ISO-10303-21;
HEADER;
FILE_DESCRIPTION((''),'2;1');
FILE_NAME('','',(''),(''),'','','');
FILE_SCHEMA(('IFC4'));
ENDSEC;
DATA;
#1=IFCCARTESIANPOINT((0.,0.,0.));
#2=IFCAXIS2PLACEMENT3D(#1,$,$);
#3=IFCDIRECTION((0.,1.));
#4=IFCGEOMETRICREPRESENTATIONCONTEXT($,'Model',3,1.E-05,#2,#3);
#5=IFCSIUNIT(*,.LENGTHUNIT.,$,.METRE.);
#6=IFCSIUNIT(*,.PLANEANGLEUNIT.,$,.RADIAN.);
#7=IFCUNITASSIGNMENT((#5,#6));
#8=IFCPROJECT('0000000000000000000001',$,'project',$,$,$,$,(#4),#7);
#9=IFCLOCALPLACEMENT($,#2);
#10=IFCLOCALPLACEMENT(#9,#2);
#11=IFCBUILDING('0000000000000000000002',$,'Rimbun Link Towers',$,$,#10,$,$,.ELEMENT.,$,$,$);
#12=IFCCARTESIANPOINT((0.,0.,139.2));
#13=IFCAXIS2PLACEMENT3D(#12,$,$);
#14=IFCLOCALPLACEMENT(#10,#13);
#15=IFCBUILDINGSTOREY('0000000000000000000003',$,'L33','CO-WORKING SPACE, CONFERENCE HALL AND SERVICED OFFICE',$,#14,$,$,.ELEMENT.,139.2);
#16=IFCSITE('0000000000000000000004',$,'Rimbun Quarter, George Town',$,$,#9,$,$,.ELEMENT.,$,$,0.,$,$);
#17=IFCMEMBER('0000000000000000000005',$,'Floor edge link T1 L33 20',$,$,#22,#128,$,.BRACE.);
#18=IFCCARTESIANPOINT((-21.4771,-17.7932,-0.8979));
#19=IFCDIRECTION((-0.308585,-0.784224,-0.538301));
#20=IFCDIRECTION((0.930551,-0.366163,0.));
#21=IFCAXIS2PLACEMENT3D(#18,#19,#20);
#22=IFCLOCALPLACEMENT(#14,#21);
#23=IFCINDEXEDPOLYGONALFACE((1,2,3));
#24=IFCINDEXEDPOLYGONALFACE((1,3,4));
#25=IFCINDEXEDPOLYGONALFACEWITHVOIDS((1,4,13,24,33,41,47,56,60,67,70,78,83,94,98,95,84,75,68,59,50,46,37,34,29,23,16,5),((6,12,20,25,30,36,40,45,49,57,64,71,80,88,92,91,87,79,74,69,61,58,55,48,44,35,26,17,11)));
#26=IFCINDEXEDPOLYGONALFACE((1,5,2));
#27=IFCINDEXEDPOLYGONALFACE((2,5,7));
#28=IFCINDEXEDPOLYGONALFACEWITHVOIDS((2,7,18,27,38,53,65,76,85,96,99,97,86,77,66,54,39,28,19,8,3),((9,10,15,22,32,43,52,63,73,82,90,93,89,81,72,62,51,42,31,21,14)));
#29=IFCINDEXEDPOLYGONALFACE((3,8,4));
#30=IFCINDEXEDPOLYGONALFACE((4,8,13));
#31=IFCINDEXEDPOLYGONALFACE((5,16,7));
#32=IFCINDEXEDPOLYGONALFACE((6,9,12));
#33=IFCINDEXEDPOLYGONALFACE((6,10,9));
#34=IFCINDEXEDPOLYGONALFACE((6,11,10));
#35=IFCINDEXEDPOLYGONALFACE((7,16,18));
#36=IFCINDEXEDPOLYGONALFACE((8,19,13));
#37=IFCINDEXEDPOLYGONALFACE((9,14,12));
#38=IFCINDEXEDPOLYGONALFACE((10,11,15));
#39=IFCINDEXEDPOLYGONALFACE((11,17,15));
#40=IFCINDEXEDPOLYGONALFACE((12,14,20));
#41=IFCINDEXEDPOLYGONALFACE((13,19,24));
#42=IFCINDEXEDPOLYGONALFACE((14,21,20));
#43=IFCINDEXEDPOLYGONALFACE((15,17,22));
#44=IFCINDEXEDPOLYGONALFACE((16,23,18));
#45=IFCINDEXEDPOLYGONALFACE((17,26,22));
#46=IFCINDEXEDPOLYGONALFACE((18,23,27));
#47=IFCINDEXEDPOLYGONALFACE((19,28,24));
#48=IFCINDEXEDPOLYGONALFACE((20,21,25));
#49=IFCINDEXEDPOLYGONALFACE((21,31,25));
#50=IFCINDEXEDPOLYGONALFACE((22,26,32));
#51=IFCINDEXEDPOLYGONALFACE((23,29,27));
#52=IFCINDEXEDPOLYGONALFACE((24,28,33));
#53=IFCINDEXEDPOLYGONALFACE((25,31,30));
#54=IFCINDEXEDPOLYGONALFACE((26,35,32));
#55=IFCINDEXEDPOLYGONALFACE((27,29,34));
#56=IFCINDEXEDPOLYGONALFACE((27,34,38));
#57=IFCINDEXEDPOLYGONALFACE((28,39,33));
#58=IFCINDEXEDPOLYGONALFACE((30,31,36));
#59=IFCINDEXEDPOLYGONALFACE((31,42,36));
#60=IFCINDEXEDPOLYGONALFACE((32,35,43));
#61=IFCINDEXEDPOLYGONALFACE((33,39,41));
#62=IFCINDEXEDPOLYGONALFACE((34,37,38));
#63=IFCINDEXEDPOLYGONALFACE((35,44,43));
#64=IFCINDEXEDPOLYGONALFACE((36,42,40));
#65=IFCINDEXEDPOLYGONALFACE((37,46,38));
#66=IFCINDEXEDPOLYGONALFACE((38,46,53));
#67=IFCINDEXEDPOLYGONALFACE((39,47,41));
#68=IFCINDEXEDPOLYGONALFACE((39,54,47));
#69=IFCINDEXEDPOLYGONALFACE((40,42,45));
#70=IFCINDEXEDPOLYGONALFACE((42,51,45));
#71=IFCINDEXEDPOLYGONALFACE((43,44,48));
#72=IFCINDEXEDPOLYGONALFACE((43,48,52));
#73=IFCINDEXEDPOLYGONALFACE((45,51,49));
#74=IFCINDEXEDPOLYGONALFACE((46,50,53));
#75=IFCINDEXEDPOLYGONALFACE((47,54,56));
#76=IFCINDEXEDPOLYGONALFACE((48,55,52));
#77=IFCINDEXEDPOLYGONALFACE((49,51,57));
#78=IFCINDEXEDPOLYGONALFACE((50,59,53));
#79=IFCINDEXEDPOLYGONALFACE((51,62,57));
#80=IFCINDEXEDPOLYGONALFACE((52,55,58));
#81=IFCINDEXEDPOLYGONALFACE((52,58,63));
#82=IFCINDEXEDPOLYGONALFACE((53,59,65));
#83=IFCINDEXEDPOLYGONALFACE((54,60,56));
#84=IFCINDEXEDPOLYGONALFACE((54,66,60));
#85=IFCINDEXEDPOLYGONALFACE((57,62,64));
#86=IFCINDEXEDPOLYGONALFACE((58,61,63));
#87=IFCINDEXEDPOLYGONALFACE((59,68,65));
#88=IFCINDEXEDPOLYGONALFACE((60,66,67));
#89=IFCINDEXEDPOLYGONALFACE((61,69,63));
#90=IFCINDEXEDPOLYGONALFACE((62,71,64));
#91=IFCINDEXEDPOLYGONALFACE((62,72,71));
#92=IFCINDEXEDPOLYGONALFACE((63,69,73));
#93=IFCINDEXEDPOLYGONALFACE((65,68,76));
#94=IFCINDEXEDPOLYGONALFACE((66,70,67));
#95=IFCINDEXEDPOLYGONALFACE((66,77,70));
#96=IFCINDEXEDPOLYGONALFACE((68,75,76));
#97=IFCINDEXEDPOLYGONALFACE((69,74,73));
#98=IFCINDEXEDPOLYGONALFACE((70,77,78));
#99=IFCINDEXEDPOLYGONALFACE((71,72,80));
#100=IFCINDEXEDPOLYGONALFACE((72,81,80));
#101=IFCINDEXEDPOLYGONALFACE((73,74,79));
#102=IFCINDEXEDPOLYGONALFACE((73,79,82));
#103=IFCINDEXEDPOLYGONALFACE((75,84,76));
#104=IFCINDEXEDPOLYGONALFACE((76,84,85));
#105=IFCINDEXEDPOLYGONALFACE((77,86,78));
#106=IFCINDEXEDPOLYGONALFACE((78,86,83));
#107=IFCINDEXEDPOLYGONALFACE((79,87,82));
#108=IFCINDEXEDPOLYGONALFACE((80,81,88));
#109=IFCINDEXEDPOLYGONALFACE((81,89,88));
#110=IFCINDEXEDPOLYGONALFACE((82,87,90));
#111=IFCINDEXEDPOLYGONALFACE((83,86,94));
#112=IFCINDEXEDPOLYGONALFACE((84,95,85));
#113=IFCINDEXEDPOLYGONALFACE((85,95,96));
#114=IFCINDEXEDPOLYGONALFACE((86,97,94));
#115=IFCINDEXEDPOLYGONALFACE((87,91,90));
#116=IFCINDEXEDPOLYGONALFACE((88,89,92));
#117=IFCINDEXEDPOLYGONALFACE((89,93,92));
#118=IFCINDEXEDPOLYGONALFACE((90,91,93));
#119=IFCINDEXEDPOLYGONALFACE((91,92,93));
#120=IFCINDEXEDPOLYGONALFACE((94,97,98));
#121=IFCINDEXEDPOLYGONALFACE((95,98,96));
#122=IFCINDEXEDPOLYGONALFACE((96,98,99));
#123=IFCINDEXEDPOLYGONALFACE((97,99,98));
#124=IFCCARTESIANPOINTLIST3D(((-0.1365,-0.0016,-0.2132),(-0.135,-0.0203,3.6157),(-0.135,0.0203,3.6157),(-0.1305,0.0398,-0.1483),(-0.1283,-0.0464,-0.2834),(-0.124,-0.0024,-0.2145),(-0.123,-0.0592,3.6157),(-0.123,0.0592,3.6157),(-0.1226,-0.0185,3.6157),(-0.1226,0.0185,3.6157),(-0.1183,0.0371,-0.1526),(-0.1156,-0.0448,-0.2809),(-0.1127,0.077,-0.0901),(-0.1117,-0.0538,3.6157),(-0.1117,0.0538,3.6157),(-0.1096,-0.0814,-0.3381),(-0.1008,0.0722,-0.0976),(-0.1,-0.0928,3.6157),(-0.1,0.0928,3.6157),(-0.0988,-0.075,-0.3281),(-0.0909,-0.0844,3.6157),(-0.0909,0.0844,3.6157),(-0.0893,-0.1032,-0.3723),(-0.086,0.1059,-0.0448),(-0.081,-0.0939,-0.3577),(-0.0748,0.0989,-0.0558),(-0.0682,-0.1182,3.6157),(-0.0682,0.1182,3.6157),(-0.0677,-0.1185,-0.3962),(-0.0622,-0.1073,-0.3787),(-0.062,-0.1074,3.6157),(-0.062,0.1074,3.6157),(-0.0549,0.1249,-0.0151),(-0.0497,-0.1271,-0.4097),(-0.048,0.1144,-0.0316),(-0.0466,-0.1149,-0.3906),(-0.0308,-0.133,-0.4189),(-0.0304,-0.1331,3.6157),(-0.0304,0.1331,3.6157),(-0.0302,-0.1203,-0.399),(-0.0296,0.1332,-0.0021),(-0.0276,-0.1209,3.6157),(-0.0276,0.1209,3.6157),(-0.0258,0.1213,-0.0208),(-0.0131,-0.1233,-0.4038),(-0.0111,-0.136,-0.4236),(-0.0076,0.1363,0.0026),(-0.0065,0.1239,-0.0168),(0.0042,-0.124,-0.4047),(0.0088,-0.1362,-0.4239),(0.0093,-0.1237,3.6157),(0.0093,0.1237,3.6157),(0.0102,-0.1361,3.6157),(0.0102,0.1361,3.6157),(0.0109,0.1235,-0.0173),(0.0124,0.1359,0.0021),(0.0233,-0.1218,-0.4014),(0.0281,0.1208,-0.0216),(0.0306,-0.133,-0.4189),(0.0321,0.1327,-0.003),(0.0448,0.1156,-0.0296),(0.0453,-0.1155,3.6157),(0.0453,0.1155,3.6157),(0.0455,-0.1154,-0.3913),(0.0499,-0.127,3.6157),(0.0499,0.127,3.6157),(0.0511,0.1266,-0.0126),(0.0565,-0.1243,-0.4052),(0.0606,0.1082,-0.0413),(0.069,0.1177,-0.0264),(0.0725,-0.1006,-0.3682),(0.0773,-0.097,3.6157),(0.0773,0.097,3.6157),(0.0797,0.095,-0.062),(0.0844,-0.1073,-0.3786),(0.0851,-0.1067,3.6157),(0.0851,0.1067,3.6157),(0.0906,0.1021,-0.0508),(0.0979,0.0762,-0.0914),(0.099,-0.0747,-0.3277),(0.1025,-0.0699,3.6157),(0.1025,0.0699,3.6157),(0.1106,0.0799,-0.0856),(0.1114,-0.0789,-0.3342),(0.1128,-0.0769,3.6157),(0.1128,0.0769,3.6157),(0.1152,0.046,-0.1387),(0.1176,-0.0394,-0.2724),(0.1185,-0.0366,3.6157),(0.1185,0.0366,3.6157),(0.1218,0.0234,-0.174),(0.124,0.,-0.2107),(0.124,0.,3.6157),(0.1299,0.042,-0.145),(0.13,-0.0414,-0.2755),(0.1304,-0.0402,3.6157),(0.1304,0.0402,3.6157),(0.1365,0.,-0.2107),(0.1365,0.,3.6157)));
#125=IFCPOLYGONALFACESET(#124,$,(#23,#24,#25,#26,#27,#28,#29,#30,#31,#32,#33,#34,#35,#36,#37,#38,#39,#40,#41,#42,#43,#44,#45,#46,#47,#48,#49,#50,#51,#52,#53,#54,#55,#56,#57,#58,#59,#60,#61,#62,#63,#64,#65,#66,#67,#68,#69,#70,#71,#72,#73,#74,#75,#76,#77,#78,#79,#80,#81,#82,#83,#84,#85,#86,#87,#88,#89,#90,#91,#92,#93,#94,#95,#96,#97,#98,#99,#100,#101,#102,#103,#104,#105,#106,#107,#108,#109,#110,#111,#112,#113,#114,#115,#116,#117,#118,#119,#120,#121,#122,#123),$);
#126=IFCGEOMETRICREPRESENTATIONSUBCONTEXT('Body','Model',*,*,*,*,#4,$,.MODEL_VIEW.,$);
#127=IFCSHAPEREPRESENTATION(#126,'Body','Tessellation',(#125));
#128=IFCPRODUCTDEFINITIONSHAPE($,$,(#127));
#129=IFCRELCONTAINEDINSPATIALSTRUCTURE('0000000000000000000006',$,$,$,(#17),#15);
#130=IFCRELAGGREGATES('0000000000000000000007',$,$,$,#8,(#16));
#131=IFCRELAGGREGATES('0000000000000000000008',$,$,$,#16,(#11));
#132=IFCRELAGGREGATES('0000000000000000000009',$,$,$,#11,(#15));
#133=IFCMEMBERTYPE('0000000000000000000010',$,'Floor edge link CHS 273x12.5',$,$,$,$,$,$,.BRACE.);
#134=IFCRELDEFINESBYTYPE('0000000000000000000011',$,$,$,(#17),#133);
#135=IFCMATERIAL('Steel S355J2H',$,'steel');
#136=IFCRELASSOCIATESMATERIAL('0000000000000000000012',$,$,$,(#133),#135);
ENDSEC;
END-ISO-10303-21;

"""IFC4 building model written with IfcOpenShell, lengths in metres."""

from ifc_helpers import new_model, si_unit, direction, frame, origin, origin_2d, place, context, subcontext, project, spatial, hollow_circle, extrude, clip, halfspace, material, material_profile, profile_set, type_object, element, save


model = new_model("IFC4")

# Units and contexts
model_context = context("Model", 3, precision=1e-05, world=origin(), true_north=direction((0.0, 1.0)))
body_context = subcontext(model_context, "Body", "Model", "MODEL_VIEW")
ifc_project = project(units=[si_unit("LENGTHUNIT", "METRE"), si_unit("PLANEANGLEUNIT", "RADIAN")], contexts=[model_context])

# Site, building, storey
site_placement = place(None, origin())
site = spatial("IfcSite", under=ifc_project, at=site_placement, Name="Rimbun Quarter, George Town", CompositionType="ELEMENT", RefElevation=0.0)
building_placement = place(site_placement, origin())
building = spatial("IfcBuilding", under=site, at=building_placement, Name="Rimbun Link Towers", CompositionType="ELEMENT")
storey_placement = place(building_placement, frame((0.0, 0.0, 139.2)))
storey = spatial("IfcBuildingStorey", under=building, at=storey_placement, Name="L33", Description="CO-WORKING SPACE, CONFERENCE HALL AND SERVICED OFFICE", CompositionType="ELEMENT", Elevation=139.2)

# Member
ifc_material_1 = material(Name="Steel S355J2H", Category="steel")
ifc_material_profile_1 = material_profile(ifc_material_1, hollow_circle(Radius=0.1365, WallThickness=0.0125, at=origin_2d()), Name="CHS 273x12.5")
ifc_profile_set_1 = profile_set([ifc_material_profile_1], Name="Steel S355J2H")
member_type_1 = type_object("IfcMemberType", Name="Floor edge link CHS 273x12.5", PredefinedType="BRACE", material=ifc_profile_set_1)
member_1_placement = place(storey_placement, frame((-21.4771, -17.7932, -0.8979), z_axis=(-0.308585, -0.784224, -0.538301), x_axis=(0.930551, -0.366163, 0.0)))
element("IfcMember", 1, at=member_1_placement, inside=storey, type_object=member_type_1, Name="Floor edge link T1 L33 20", PredefinedType="BRACE", context=body_context, shape_type="Clipping", body=[
    clip(extrude(hollow_circle(Radius=0.1365, WallThickness=0.0125, at=origin_2d()), frame((0.0, 0.0, -0.4458)), (0.0, 0.0, 1.0), 4.0615), halfspace(frame((0.0, 0.0, -0.2107), z_axis=(0.0, 0.842752, -0.538301)), False)),
])

save(model, "model.ifc")
